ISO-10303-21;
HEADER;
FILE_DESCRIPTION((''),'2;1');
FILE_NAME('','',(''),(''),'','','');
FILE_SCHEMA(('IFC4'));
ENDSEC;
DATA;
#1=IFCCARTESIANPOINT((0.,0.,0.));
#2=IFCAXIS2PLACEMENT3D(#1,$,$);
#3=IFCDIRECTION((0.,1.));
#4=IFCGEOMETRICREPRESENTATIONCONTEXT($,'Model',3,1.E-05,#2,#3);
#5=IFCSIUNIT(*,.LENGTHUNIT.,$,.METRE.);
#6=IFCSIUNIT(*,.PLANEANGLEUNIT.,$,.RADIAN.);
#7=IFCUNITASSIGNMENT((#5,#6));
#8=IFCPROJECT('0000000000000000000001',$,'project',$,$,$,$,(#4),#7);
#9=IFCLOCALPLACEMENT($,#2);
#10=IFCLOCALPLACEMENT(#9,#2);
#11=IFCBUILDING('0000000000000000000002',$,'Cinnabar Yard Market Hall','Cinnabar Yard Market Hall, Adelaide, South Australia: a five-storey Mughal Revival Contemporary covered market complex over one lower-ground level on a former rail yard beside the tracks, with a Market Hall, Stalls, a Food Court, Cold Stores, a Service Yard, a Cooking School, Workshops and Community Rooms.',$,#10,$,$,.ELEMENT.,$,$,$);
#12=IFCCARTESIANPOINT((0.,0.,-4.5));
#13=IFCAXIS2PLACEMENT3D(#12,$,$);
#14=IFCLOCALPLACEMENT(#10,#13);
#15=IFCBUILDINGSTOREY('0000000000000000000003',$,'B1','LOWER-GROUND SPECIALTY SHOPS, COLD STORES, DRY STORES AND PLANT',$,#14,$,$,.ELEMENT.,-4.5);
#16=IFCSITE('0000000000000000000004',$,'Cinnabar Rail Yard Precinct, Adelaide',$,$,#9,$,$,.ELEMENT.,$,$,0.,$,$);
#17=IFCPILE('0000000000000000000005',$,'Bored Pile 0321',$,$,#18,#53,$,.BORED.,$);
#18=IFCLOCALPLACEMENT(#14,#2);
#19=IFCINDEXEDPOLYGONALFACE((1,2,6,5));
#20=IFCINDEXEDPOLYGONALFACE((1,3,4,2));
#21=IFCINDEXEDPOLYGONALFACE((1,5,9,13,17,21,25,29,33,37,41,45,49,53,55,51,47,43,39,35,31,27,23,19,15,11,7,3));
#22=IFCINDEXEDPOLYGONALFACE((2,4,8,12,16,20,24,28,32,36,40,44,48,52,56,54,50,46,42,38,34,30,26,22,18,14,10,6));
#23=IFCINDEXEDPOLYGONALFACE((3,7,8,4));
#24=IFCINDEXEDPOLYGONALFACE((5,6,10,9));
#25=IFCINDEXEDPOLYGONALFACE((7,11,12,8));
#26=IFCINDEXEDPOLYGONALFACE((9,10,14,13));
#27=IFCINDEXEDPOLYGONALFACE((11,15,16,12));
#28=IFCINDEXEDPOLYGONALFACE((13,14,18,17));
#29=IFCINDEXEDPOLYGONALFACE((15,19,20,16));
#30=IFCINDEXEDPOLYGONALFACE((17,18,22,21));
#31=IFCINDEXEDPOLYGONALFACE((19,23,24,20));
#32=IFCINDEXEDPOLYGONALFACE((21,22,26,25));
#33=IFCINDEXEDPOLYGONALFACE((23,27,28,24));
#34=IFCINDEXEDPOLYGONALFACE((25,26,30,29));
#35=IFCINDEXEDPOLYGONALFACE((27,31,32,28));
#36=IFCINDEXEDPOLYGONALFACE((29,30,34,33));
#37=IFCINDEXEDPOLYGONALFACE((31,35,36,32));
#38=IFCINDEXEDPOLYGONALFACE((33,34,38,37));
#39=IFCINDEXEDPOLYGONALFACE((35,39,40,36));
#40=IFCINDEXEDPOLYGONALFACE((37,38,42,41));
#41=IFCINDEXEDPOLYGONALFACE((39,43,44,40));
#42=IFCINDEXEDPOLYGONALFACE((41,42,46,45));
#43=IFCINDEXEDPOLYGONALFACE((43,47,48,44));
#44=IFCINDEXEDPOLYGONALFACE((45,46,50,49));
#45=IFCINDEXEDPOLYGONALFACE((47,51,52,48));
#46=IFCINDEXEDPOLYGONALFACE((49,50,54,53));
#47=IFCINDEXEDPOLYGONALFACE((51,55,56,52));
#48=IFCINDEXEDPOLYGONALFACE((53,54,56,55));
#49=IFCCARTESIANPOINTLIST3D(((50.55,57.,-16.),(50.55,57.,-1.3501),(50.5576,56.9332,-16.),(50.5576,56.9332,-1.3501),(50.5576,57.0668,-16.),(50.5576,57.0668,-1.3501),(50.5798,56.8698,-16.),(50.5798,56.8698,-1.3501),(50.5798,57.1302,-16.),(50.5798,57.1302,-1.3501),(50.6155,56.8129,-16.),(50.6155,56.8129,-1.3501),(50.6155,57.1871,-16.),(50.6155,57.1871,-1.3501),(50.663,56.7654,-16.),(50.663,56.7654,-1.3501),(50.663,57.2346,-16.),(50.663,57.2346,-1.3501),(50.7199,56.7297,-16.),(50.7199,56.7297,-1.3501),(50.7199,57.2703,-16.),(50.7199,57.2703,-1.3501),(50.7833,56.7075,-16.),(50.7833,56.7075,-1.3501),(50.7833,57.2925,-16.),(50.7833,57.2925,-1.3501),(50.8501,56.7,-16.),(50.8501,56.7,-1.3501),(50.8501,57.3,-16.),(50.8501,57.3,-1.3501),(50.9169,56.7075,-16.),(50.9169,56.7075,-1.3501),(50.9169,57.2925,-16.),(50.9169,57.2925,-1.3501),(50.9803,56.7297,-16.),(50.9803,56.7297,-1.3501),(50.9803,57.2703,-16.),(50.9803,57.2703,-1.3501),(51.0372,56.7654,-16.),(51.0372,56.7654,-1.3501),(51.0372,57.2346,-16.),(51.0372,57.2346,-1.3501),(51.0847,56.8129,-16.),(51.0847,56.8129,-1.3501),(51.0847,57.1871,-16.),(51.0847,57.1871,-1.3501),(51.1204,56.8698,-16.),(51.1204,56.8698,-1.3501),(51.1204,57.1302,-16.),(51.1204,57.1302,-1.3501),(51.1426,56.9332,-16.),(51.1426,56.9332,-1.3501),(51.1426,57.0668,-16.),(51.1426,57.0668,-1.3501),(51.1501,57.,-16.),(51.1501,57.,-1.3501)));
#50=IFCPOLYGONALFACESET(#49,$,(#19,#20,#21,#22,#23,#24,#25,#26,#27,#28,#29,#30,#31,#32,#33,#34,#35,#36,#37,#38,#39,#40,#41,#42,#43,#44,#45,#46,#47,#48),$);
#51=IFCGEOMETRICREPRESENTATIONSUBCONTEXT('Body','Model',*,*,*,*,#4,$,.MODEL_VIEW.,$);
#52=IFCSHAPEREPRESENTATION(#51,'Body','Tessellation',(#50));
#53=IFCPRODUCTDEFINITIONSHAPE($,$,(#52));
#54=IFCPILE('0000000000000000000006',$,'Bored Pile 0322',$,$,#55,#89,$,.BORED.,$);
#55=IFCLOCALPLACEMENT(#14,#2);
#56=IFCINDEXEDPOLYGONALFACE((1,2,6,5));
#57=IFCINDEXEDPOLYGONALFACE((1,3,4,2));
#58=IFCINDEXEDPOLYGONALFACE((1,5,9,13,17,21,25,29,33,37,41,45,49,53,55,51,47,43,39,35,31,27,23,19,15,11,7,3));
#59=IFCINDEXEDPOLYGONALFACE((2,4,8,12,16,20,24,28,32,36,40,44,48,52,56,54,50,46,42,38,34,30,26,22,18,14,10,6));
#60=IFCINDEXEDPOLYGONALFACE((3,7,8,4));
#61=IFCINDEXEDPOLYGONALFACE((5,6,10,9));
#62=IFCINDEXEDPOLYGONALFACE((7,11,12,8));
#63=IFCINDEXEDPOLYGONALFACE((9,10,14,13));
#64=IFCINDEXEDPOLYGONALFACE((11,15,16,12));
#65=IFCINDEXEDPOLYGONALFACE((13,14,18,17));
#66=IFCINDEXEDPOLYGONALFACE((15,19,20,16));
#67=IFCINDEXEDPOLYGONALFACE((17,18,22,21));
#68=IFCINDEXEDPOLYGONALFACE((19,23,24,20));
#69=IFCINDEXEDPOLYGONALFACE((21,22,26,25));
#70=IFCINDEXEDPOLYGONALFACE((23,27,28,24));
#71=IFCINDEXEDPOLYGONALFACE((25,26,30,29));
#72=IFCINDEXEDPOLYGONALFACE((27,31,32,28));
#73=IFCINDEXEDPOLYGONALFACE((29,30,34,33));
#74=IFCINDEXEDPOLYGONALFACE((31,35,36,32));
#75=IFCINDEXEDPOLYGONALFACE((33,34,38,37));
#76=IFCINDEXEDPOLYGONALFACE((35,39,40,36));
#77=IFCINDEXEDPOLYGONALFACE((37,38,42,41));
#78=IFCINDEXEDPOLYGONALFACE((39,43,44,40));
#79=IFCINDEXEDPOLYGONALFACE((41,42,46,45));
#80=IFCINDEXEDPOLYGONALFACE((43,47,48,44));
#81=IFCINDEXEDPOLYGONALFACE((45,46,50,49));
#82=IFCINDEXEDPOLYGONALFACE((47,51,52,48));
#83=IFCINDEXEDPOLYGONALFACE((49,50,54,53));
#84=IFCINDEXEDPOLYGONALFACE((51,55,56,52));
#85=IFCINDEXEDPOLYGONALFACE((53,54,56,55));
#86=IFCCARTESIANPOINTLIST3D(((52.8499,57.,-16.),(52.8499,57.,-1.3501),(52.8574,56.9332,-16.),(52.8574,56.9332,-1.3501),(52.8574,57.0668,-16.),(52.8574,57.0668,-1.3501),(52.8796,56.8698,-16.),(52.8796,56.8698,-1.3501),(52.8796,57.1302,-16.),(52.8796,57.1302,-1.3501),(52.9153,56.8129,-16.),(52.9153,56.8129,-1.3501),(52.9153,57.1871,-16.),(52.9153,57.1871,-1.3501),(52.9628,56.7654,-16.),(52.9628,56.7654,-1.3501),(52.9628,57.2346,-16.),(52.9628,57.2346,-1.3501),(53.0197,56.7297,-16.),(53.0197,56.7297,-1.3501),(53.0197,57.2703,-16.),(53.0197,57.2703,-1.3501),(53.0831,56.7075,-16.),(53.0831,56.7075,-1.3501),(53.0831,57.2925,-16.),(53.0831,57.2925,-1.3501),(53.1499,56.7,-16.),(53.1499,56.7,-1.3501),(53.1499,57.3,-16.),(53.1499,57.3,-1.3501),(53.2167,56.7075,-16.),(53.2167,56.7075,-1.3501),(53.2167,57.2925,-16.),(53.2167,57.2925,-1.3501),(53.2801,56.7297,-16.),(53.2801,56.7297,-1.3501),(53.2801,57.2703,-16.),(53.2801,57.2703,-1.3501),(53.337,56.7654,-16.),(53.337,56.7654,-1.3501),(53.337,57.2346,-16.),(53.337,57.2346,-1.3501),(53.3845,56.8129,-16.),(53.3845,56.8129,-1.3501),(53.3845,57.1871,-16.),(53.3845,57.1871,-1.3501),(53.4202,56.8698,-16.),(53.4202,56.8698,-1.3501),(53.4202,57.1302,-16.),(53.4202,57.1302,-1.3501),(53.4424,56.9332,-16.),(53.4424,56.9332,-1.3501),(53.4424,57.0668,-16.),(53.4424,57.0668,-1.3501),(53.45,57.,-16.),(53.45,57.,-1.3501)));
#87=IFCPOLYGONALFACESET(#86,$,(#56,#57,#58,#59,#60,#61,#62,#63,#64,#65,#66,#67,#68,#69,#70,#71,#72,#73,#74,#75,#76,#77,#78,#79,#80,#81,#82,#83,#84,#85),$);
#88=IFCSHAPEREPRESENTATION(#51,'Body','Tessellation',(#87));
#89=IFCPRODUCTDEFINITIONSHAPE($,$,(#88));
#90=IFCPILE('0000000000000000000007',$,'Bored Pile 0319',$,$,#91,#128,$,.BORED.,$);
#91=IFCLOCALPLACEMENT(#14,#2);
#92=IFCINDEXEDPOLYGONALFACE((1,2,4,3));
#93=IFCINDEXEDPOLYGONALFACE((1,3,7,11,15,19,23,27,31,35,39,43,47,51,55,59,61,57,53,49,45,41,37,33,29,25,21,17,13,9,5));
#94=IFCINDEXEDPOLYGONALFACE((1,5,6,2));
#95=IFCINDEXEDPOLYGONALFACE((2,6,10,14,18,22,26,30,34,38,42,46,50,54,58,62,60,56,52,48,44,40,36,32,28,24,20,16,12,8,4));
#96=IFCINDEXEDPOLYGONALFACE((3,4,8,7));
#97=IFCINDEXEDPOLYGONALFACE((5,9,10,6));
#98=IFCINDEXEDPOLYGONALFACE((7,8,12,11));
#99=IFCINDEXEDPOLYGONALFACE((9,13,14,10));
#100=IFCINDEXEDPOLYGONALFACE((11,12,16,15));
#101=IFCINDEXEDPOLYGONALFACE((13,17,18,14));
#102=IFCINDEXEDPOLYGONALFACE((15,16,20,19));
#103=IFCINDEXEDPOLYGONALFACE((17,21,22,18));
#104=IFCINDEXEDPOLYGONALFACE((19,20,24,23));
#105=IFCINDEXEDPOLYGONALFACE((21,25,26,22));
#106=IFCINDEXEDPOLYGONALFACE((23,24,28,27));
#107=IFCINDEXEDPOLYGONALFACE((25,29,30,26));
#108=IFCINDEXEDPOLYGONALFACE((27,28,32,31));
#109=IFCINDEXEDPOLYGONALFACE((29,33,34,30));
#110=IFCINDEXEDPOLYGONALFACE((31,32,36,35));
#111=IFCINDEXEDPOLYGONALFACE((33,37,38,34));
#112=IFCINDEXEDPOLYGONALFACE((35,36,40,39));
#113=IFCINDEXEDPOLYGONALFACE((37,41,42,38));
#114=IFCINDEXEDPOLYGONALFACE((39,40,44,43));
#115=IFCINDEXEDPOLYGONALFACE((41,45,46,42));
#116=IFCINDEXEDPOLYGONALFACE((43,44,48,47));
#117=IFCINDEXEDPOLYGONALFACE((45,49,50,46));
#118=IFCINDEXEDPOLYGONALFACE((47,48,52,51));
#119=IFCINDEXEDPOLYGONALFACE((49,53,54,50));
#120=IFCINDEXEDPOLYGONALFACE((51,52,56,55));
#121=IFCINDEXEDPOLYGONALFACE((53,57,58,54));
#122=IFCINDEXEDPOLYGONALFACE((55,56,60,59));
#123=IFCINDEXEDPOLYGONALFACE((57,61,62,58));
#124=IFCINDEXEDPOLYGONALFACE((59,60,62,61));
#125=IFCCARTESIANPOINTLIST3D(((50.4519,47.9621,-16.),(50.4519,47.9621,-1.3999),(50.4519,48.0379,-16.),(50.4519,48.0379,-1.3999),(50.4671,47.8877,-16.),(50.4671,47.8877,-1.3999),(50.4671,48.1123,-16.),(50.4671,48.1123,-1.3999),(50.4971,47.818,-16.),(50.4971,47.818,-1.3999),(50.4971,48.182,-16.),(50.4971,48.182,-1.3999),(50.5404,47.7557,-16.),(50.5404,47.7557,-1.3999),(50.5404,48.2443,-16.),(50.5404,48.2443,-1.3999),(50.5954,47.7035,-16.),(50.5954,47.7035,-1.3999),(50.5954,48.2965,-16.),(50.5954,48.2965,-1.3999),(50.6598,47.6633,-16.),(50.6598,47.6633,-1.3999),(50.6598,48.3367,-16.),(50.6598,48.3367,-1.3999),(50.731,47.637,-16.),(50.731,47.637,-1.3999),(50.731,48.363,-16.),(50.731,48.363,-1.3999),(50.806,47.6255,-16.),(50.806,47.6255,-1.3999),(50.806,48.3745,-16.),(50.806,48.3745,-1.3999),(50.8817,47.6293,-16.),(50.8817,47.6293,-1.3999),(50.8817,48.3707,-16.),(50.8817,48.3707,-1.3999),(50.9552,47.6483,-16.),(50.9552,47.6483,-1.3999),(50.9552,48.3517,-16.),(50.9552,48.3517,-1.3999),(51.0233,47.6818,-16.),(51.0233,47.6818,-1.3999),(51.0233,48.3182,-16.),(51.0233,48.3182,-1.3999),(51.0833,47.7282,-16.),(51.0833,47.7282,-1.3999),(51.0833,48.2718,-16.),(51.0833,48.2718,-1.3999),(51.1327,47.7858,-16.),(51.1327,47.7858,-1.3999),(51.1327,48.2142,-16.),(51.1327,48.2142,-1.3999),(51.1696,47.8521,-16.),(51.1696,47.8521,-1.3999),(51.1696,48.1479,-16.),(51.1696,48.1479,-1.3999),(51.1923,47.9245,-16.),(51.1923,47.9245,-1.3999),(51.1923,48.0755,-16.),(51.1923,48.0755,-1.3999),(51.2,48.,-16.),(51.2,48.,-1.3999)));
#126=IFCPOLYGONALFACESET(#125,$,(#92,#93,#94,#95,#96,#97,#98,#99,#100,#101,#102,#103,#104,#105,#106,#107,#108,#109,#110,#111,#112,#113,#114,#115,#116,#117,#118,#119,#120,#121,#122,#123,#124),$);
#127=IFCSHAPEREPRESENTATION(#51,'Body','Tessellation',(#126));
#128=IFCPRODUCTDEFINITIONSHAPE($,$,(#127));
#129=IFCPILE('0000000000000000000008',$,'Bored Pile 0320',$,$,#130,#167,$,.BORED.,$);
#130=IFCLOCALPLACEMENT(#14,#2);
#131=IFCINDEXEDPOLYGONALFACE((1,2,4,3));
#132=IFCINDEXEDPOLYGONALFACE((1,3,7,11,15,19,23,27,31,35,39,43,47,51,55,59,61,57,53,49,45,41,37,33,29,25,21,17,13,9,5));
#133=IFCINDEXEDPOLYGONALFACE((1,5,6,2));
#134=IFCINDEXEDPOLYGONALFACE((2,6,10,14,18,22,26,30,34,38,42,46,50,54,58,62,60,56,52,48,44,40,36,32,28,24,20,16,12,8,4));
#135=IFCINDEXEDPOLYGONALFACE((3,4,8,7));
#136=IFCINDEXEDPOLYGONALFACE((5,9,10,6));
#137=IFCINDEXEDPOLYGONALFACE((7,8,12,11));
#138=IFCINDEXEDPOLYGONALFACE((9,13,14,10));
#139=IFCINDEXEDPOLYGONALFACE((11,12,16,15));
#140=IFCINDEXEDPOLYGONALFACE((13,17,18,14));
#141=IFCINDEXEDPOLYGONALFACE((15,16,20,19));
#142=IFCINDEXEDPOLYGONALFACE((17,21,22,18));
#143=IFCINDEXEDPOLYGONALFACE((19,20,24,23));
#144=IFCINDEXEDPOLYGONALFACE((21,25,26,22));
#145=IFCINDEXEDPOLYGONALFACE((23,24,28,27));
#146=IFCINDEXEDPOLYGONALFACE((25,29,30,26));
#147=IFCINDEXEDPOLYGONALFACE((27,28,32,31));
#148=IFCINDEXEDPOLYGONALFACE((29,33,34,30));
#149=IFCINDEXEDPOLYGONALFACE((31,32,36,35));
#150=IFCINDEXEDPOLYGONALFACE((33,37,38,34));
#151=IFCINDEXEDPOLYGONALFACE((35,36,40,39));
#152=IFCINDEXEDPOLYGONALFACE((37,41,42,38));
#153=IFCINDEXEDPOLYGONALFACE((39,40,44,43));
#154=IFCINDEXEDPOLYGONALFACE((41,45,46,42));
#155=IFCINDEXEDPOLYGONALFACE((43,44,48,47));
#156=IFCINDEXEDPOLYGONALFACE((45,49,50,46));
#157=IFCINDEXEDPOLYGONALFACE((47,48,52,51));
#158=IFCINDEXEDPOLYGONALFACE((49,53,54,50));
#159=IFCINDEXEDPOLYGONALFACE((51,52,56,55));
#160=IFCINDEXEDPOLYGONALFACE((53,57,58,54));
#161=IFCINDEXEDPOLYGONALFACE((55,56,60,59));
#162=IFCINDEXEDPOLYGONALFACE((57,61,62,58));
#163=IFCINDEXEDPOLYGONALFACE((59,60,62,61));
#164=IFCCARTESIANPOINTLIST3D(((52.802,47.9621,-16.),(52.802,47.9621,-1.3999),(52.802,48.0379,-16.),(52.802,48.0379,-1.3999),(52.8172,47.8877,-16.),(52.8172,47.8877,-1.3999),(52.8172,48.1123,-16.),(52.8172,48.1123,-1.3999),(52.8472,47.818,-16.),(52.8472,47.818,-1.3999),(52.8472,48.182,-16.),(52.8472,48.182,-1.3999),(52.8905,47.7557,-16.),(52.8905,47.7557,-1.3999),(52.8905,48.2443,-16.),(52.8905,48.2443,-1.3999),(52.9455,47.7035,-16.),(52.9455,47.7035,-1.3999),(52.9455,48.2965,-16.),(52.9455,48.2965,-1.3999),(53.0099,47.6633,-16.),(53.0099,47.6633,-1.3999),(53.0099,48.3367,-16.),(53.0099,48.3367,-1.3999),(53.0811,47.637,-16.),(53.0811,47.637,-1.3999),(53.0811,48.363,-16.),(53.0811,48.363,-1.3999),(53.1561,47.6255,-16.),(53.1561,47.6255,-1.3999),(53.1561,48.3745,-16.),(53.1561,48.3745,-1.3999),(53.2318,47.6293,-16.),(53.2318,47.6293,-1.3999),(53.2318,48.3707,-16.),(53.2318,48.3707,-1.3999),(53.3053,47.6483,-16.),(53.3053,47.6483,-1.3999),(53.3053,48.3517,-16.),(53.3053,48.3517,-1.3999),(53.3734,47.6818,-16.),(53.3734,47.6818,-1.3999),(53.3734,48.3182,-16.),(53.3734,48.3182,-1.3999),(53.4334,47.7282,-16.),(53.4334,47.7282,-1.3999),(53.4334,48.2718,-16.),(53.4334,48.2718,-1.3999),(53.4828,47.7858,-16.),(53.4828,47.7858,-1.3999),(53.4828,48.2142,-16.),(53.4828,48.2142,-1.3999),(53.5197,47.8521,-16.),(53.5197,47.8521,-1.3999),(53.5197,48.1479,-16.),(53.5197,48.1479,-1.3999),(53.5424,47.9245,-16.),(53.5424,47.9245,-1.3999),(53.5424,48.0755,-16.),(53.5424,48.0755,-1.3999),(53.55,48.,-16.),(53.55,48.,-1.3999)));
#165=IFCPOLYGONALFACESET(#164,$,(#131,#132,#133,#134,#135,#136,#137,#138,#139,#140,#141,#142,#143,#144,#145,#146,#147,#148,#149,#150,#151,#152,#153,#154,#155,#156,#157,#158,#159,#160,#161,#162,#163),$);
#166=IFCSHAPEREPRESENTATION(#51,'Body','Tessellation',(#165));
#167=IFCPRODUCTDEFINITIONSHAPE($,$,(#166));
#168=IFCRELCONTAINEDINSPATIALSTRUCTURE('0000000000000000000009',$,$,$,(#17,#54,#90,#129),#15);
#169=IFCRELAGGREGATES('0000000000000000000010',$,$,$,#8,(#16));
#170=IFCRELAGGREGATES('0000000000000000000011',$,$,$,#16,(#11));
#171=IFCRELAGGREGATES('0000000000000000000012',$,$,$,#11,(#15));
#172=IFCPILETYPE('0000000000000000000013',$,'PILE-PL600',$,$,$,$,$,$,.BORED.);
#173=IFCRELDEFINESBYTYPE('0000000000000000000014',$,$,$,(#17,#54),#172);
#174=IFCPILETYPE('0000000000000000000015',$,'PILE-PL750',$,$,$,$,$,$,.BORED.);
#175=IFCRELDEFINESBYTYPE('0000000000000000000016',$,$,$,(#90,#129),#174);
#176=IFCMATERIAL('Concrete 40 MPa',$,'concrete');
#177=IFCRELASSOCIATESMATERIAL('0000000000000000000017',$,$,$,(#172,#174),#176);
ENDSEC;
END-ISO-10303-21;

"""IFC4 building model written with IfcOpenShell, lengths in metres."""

from ifc_helpers import new_model, si_unit, direction, frame, origin, origin_2d_with_axis, place, context, subcontext, project, spatial, circle, extrude, material, material_profile, profile_set, type_object, element, save


model = new_model("IFC4")

# Units and contexts
model_context = context("Model", 3, precision=1e-05, world=origin(), true_north=direction((0.0, 1.0)))
body_context = subcontext(model_context, "Body", "Model", "MODEL_VIEW")
ifc_project = project(units=[si_unit("LENGTHUNIT", "METRE"), si_unit("PLANEANGLEUNIT", "RADIAN")], contexts=[model_context])

# Site, building, storey
site_placement = place(None, origin())
site = spatial("IfcSite", under=ifc_project, at=site_placement, Name="Cinnabar Rail Yard Precinct, Adelaide", CompositionType="ELEMENT", RefElevation=0.0)
building_placement = place(site_placement, origin())
building = spatial("IfcBuilding", under=site, at=building_placement, Name="Cinnabar Yard Market Hall", Description="Cinnabar Yard Market Hall, Adelaide, South Australia: a five-storey Mughal Revival Contemporary covered market complex over one lower-ground level on a former rail yard beside the tracks, with a Market Hall, Stalls, a Food Court, Cold Stores, a Service Yard, a Cooking School, Workshops and Community Rooms.", CompositionType="ELEMENT")
storey_placement = place(building_placement, frame((0.0, 0.0, -4.5)))
storey = spatial("IfcBuildingStorey", under=building, at=storey_placement, Name="B1", Description="LOWER-GROUND SPECIALTY SHOPS, COLD STORES, DRY STORES AND PLANT", CompositionType="ELEMENT", Elevation=-4.5)

# Shared definitions
ifc_material_1 = material(Name="Concrete 40 MPa", Category="concrete")

# Piles
ifc_material_profile_1 = material_profile(ifc_material_1, circle(Radius=0.3, at=origin_2d_with_axis()), Name="PILE-D600")
ifc_profile_set_1 = profile_set([ifc_material_profile_1], Name="Concrete 40 MPa")
pile_type_1 = type_object("IfcPileType", Name="PILE-PL600", PredefinedType="BORED", material=ifc_profile_set_1)
for number, where, z_axis, x_axis, name in (
    (1, (50.8501, 57.0, -1.3501), (0.0, 0.0, -1.0), (1.0, 0.0, 0.0), "Bored Pile 0321"),
    (2, (53.1499, 57.0, -1.3501), (0.0, 0.0, -1.0), (1.0, 0.0, 0.0), "Bored Pile 0322"),
):
    element("IfcPile", number, at=place(storey_placement, frame(where, z_axis=z_axis, x_axis=x_axis)), inside=storey, type_object=pile_type_1, Name=name, PredefinedType="BORED", context=body_context, shape_type="SweptSolid", body=[
        extrude(circle(Radius=0.3, at=origin_2d_with_axis()), origin(), (0.0, 0.0, 1.0), 14.6499),
    ])
ifc_material_profile_2 = material_profile(ifc_material_1, circle(Radius=0.375, at=origin_2d_with_axis()), Name="PILE-D750")
ifc_profile_set_2 = profile_set([ifc_material_profile_2], Name="Concrete 40 MPa")
pile_type_2 = type_object("IfcPileType", Name="PILE-PL750", PredefinedType="BORED", material=ifc_profile_set_2)
for number, where, z_axis, x_axis, name in (
    (3, (50.825, 48.0, -1.3999), (0.0, 0.0, -1.0), (1.0, 0.0, 0.0), "Bored Pile 0319"),
    (4, (53.175, 48.0, -1.3999), (0.0, 0.0, -1.0), (1.0, 0.0, 0.0), "Bored Pile 0320"),
):
    element("IfcPile", number, at=place(storey_placement, frame(where, z_axis=z_axis, x_axis=x_axis)), inside=storey, type_object=pile_type_2, Name=name, PredefinedType="BORED", context=body_context, shape_type="SweptSolid", body=[
        extrude(circle(Radius=0.375, at=origin_2d_with_axis()), origin(), (0.0, 0.0, 1.0), 14.6001),
    ])

save(model, "model.ifc")
